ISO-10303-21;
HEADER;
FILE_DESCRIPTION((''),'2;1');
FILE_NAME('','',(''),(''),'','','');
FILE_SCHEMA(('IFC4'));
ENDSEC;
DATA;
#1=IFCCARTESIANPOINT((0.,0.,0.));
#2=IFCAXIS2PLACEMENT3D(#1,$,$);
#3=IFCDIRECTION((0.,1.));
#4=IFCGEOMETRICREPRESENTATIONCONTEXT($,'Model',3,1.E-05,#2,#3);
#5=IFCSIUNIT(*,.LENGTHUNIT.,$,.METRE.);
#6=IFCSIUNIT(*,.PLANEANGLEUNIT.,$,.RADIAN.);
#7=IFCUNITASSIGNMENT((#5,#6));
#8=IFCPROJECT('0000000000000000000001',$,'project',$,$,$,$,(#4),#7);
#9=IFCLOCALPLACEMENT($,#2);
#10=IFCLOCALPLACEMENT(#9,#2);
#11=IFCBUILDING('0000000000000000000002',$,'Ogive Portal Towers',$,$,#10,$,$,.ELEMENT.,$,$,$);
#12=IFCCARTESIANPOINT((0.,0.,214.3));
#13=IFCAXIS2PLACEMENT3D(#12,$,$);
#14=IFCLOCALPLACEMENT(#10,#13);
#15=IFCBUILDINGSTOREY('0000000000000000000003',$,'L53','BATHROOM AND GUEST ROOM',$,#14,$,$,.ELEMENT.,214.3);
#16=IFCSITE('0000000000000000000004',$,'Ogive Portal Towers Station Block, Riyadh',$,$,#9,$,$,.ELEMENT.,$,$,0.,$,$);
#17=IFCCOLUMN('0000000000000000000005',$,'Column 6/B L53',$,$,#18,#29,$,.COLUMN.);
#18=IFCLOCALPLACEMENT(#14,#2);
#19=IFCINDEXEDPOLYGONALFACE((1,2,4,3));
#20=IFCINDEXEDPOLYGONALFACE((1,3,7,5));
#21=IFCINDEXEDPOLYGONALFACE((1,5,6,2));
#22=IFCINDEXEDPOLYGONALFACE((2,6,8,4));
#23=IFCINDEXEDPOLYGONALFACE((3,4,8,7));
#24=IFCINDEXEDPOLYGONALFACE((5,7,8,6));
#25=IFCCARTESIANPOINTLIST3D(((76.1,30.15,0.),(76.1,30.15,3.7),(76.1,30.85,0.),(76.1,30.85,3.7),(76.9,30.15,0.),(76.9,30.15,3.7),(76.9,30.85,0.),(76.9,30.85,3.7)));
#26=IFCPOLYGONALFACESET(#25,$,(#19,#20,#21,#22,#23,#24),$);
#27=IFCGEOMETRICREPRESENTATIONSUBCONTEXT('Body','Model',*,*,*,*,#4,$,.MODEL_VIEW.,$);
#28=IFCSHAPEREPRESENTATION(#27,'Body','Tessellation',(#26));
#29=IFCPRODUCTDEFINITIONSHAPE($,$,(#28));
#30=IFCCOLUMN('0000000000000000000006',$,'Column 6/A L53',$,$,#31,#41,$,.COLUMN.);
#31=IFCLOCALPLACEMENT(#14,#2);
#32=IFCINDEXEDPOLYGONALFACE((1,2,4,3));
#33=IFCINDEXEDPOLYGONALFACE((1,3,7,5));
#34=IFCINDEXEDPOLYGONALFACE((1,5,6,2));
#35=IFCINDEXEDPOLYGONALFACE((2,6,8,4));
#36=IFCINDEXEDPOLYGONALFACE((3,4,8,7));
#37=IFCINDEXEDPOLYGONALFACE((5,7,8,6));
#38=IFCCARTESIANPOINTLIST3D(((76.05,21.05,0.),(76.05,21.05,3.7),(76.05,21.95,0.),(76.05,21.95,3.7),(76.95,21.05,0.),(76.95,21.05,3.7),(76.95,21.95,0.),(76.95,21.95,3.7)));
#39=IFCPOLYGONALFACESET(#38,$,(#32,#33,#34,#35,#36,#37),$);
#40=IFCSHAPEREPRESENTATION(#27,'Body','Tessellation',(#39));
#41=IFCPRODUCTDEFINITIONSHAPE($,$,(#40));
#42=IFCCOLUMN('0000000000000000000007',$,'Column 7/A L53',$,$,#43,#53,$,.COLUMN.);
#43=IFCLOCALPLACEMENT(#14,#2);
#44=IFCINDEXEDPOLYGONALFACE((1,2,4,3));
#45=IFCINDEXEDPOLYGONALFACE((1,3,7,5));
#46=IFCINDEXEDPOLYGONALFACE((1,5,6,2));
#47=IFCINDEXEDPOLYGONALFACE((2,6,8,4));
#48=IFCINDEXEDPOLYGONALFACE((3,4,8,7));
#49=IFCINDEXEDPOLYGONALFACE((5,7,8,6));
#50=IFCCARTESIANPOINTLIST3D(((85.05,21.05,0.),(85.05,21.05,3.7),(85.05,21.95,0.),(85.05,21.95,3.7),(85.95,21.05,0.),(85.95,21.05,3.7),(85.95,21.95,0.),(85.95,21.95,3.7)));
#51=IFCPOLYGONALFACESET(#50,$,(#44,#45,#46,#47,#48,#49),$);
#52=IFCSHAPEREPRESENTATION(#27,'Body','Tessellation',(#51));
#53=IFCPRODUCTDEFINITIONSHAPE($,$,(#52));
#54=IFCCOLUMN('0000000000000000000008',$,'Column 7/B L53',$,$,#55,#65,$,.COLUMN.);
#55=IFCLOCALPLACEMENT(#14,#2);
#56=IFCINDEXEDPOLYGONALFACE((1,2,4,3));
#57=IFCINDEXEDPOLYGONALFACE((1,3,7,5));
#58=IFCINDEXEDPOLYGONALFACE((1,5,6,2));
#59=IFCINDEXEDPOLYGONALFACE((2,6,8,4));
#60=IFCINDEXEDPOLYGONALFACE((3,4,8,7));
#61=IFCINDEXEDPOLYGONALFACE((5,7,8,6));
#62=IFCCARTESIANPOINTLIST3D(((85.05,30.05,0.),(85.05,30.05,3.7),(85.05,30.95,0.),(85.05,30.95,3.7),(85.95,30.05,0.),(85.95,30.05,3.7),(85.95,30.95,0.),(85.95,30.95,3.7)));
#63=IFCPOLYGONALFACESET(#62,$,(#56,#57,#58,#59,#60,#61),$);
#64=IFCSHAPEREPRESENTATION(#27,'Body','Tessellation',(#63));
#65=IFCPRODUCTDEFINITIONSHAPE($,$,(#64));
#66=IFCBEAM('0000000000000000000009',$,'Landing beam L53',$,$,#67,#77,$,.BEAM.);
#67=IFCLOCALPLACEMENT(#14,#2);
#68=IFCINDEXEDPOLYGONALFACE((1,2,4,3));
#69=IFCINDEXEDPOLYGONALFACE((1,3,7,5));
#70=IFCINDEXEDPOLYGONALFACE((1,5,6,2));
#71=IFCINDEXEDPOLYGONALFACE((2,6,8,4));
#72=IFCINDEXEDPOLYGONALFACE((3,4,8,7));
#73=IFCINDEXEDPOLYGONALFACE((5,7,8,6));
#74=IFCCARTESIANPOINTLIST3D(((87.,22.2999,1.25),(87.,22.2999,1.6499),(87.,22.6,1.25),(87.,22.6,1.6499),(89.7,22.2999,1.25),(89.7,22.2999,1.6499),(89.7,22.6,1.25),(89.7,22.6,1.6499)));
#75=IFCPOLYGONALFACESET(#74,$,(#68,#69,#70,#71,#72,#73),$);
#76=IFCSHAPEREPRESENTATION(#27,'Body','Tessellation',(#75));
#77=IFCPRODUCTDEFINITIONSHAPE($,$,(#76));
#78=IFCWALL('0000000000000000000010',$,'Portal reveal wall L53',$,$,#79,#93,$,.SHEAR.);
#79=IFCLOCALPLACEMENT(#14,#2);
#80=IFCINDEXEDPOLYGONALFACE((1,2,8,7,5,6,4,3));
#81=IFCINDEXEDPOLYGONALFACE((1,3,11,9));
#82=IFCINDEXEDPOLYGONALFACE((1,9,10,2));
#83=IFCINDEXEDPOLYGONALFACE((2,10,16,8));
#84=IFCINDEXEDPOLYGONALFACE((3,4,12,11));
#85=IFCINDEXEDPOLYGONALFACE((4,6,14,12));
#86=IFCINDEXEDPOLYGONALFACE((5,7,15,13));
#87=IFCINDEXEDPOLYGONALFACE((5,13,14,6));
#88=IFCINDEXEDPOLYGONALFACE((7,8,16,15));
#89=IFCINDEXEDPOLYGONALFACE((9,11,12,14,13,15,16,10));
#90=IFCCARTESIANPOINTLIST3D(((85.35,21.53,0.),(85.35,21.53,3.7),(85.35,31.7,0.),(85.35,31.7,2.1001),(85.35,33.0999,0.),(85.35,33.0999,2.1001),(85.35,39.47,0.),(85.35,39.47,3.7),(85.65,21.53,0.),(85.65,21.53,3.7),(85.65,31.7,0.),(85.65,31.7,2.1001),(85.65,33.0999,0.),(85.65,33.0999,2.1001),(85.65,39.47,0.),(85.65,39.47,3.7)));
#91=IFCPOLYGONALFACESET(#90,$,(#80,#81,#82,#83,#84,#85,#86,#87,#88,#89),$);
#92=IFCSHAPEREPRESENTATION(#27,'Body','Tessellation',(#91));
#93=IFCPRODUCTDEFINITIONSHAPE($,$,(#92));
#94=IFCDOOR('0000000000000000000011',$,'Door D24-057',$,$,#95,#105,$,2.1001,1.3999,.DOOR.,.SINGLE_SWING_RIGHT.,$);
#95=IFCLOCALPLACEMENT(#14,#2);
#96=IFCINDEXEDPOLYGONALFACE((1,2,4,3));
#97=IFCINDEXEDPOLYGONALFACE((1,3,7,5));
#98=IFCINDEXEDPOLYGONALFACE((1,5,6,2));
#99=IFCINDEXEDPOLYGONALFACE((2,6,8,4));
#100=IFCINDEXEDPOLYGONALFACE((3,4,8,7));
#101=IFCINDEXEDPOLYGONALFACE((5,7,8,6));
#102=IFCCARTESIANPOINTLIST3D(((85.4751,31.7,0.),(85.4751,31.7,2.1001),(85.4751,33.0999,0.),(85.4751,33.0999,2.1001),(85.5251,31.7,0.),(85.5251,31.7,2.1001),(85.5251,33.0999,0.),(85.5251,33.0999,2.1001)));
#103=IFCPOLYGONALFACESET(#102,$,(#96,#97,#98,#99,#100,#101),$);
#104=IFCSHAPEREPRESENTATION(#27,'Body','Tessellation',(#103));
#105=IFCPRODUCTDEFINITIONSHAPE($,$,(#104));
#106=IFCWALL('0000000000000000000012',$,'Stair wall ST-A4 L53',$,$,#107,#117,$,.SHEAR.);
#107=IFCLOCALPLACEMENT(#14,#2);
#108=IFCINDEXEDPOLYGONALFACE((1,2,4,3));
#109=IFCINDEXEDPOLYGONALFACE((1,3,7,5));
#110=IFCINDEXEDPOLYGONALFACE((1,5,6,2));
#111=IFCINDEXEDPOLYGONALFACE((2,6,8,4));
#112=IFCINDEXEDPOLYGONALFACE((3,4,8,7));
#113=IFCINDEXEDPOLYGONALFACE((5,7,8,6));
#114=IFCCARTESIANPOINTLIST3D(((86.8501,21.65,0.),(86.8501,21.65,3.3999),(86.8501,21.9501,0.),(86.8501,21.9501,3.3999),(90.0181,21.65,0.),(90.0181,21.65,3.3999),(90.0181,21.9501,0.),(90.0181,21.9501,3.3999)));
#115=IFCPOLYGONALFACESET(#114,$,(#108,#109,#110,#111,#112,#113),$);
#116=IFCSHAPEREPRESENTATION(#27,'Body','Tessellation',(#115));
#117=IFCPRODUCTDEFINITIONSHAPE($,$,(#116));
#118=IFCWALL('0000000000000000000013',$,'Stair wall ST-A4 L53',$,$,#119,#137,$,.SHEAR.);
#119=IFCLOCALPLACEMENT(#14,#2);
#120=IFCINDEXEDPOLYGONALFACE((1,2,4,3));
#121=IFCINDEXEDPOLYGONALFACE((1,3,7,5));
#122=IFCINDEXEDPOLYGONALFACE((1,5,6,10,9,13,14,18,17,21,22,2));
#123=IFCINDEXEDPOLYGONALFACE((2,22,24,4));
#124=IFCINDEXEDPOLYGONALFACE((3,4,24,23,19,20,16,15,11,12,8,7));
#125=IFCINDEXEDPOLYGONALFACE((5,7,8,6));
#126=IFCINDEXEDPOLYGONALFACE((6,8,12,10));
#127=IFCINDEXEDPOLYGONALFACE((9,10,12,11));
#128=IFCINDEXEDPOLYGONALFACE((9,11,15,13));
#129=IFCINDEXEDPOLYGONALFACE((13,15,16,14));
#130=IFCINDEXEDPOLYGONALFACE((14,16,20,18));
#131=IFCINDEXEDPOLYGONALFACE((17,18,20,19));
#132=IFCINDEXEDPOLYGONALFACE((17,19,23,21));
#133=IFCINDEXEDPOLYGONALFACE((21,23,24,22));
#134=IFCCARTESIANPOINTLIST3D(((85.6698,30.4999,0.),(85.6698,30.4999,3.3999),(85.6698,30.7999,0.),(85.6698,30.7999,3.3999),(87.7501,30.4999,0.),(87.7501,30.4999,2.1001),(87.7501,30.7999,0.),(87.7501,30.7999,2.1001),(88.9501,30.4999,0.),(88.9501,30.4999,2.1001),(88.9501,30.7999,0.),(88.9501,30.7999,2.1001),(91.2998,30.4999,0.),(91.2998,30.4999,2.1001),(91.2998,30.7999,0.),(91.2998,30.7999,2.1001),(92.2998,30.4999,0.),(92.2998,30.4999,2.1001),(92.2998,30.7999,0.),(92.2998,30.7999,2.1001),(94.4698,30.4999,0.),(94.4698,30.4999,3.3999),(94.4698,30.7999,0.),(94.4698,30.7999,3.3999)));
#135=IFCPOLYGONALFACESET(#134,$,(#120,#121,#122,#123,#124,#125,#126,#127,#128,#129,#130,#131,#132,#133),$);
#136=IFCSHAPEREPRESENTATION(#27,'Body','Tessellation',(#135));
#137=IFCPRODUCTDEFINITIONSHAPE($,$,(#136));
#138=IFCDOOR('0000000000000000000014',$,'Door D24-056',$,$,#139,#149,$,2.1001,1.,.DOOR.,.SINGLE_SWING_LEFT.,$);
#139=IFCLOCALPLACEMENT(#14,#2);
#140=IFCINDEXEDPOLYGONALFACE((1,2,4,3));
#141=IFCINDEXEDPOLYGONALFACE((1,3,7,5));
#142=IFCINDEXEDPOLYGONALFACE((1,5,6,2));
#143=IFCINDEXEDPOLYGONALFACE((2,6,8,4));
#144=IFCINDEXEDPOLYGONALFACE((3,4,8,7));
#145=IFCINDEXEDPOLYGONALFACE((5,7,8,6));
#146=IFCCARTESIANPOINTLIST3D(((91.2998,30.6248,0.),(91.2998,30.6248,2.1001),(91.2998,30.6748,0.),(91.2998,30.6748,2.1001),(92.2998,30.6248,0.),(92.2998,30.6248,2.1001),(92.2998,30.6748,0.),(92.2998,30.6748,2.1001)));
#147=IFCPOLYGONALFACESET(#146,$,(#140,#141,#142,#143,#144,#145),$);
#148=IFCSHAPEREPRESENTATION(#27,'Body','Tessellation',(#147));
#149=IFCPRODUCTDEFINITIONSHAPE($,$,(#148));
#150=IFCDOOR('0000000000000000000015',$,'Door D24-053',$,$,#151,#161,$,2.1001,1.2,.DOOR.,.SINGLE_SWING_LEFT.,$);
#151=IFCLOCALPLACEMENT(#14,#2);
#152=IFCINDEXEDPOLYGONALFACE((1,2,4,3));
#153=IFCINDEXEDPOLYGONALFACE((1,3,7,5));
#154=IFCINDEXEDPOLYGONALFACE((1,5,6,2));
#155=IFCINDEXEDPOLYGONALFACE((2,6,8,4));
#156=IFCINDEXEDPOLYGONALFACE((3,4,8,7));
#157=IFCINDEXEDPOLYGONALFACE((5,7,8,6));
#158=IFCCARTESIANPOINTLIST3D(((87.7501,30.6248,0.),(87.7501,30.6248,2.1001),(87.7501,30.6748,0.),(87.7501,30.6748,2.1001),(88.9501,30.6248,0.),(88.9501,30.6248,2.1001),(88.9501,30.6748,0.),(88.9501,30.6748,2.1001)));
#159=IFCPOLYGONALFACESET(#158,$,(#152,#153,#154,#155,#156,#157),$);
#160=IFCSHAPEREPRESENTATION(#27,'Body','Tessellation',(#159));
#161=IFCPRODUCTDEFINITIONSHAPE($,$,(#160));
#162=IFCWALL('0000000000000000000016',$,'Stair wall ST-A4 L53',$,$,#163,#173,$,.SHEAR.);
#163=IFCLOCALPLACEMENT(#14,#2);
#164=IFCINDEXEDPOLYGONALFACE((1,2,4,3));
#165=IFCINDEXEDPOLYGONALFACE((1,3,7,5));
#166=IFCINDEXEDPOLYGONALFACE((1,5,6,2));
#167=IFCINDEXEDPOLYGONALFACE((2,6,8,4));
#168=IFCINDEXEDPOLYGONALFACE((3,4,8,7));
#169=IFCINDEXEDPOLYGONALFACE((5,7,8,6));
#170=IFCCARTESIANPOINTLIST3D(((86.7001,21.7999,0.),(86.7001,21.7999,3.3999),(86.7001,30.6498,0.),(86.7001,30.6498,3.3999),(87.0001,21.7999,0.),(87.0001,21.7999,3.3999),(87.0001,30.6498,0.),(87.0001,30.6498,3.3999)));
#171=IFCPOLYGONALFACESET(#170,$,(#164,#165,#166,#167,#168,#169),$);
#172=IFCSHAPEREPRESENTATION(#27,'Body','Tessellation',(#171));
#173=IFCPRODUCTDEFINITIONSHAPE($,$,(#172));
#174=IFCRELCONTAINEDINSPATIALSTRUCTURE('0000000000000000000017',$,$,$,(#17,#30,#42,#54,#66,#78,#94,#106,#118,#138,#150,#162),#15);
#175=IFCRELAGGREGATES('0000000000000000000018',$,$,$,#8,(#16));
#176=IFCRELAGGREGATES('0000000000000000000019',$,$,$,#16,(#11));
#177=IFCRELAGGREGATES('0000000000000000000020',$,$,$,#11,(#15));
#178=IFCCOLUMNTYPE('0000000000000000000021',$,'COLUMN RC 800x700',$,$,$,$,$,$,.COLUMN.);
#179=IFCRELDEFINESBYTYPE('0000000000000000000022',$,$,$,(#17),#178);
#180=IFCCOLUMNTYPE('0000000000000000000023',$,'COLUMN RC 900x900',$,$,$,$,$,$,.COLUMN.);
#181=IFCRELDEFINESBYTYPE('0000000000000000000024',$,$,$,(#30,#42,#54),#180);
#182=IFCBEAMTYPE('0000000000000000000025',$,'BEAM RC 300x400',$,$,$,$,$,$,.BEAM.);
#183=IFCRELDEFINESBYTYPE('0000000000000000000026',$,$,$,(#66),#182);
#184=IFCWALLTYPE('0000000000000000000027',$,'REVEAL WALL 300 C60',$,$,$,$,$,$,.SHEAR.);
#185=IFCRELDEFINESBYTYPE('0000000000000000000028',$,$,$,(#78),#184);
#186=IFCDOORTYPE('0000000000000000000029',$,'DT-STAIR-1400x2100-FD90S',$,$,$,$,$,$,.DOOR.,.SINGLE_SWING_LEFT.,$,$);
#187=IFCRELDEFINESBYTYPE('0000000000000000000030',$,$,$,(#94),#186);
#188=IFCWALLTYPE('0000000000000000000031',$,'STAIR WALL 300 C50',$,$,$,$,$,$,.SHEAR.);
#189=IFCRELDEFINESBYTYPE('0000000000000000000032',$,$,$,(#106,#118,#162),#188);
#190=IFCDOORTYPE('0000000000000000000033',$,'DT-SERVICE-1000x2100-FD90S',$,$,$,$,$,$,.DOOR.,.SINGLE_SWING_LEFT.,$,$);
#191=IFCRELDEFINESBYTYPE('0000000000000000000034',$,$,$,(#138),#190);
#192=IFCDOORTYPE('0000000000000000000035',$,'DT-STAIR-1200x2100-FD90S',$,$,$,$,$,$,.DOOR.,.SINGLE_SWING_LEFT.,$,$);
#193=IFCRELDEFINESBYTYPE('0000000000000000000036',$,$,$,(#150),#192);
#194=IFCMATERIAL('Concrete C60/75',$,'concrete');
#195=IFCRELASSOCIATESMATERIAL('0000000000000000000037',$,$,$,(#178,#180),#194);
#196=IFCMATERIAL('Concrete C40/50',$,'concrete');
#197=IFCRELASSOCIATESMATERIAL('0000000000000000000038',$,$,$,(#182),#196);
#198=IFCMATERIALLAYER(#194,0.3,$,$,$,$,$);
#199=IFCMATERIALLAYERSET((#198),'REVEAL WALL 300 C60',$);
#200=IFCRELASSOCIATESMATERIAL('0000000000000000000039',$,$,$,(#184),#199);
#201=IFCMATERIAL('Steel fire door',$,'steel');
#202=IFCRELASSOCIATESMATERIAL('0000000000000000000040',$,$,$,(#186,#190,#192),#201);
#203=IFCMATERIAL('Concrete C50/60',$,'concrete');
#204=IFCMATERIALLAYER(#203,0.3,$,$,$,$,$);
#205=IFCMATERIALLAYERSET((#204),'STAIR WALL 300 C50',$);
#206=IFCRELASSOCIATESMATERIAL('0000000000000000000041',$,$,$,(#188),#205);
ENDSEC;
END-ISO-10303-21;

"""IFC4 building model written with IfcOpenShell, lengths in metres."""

from ifc_helpers import new_model, si_unit, direction, frame, frame_2d, origin, origin_2d, place, context, subcontext, project, spatial, rectangle, extrude, material, layer, layer_set, material_profile, profile_set, type_object, element, fill, save


model = new_model("IFC4")

# Units and contexts
model_context = context("Model", 3, precision=1e-05, world=origin(), true_north=direction((0.0, 1.0)))
body_context = subcontext(model_context, "Body", "Model", "MODEL_VIEW")
ifc_project = project(units=[si_unit("LENGTHUNIT", "METRE"), si_unit("PLANEANGLEUNIT", "RADIAN")], contexts=[model_context])

# Site, building, storey
site_placement = place(None, origin())
site = spatial("IfcSite", under=ifc_project, at=site_placement, Name="Ogive Portal Towers Station Block, Riyadh", CompositionType="ELEMENT", RefElevation=0.0)
building_placement = place(site_placement, origin())
building = spatial("IfcBuilding", under=site, at=building_placement, Name="Ogive Portal Towers", CompositionType="ELEMENT")
storey_placement = place(building_placement, frame((0.0, 0.0, 214.3)))
storey = spatial("IfcBuildingStorey", under=building, at=storey_placement, Name="L53", Description="BATHROOM AND GUEST ROOM", CompositionType="ELEMENT", Elevation=214.3)

# Columns
ifc_material_1 = material(Name="Concrete C60/75", Category="concrete")
ifc_material_profile_1 = material_profile(ifc_material_1, rectangle(XDim=0.8, YDim=0.7, at=origin_2d()), Name="RC 800x700")
ifc_profile_set_1 = profile_set([ifc_material_profile_1], Name="Concrete C60/75")
column_type_1 = type_object("IfcColumnType", Name="COLUMN RC 800x700", PredefinedType="COLUMN", material=ifc_profile_set_1)
column_placement = place(storey_placement, frame((76.5, 30.5, 0.0), z_axis=(0.0, 0.0, 1.0), x_axis=(1.0, 0.0, 0.0)))
element("IfcColumn", 1, at=column_placement, inside=storey, type_object=column_type_1, Name="Column 6/B L53", PredefinedType="COLUMN", context=body_context, shape_type="SweptSolid", body=[
    extrude(rectangle(XDim=0.8, YDim=0.7, at=origin_2d()), origin(), (0.0, 0.0, 1.0), 3.7),
])
ifc_material_profile_2 = material_profile(ifc_material_1, rectangle(XDim=0.8999, YDim=0.8999, at=origin_2d()), Name="RC 900x900")
ifc_profile_set_2 = profile_set([ifc_material_profile_2], Name="Concrete C60/75")
column_type_2 = type_object("IfcColumnType", Name="COLUMN RC 900x900", PredefinedType="COLUMN", material=ifc_profile_set_2)
for number, where, z_axis, x_axis, name in (
    (2, (76.5, 21.5, 0.0), (0.0, 0.0, 1.0), (1.0, 0.0, 0.0), "Column 6/A L53"),
    (3, (85.5, 21.5, 0.0), (0.0, 0.0, 1.0), (1.0, 0.0, 0.0), "Column 7/A L53"),
    (4, (85.5, 30.5, 0.0), (0.0, 0.0, 1.0), (1.0, 0.0, 0.0), "Column 7/B L53"),
):
    element("IfcColumn", number, at=place(storey_placement, frame(where, z_axis=z_axis, x_axis=x_axis)), inside=storey, type_object=column_type_2, Name=name, PredefinedType="COLUMN", context=body_context, shape_type="SweptSolid", body=[
        extrude(rectangle(XDim=0.8999, YDim=0.8999, at=origin_2d()), origin(), (0.0, 0.0, 1.0), 3.7),
    ])

# Beam
ifc_material_2 = material(Name="Concrete C40/50", Category="concrete")
ifc_material_profile_3 = material_profile(ifc_material_2, rectangle(XDim=0.3, YDim=0.3999, at=origin_2d()), Name="RC 300x400")
ifc_profile_set_3 = profile_set([ifc_material_profile_3], Name="Concrete C40/50")
beam_type = type_object("IfcBeamType", Name="BEAM RC 300x400", PredefinedType="BEAM", material=ifc_profile_set_3)
beam_placement = place(storey_placement, frame((87.0, 22.45, 1.45), z_axis=(1.0, 0.0, 0.0), x_axis=(0.0, 1.0, 0.0)))
element("IfcBeam", 5, at=beam_placement, inside=storey, type_object=beam_type, Name="Landing beam L53", PredefinedType="BEAM", context=body_context, shape_type="SweptSolid", body=[
    extrude(rectangle(XDim=0.3, YDim=0.3999, at=origin_2d()), origin(), (0.0, 0.0, 1.0), 2.7),
])

# Wall, opening, door
ifc_layer_1 = layer(ifc_material_1, 0.3)
ifc_layer_set_1 = layer_set([ifc_layer_1], Name="REVEAL WALL 300 C60")
wall_type_1 = type_object("IfcWallType", Name="REVEAL WALL 300 C60", PredefinedType="SHEAR", material=ifc_layer_set_1)
wall_1_placement = place(storey_placement, frame((85.5, 21.53, 0.0), z_axis=(0.0, 0.0, 1.0), x_axis=(0.0, 1.0, 0.0)))
wall_1 = element("IfcWall", 6, at=wall_1_placement, inside=storey, type_object=wall_type_1, Name="Portal reveal wall L53", PredefinedType="SHEAR", context=body_context, shape_type="SweptSolid", body=[
    extrude(rectangle(XDim=17.9399, YDim=0.3, at=frame_2d((8.97, 0.0))), origin(), (0.0, 0.0, 1.0), 3.7),
])
opening_1_placement = place(wall_1_placement, frame((10.1699, 0.0, 0.0)))
opening_1 = element("IfcOpeningElement", 7, at=opening_1_placement, cuts=wall_1, PredefinedType="OPENING", context=body_context, shape_type="SweptSolid", body=[
    extrude(rectangle(XDim=1.3999, YDim=2.1001, at=frame_2d((0.7, 1.05))), frame((0.0, 0.1602, 0.0), z_axis=(0.0, -1.0, 0.0), x_axis=(1.0, 0.0, 0.0)), (0.0, 0.0, 1.0), 0.3201),
])
ifc_material_3 = material(Name="Steel fire door", Category="steel")
door_type_1 = type_object("IfcDoorType", Name="DT-STAIR-1400x2100-FD90S", OperationType="SINGLE_SWING_LEFT", PredefinedType="DOOR", material=ifc_material_3)
door_1_placement = place(opening_1_placement, origin())
door_1 = element("IfcDoor", 8, at=door_1_placement, inside=storey, type_object=door_type_1, Name="Door D24-057", OperationType="SINGLE_SWING_RIGHT", OverallHeight=2.1001, OverallWidth=1.3999, PredefinedType="DOOR", context=body_context, shape_type="SweptSolid", body=[
    extrude(rectangle(XDim=1.3999, YDim=2.1001, at=frame_2d((0.7, 1.05))), frame((0.0, 0.0249, 0.0), z_axis=(0.0, -1.0, 0.0), x_axis=(1.0, 0.0, 0.0)), (0.0, 0.0, 1.0), 0.05),
])
fill(opening_1, door_1)

# Wall
ifc_material_4 = material(Name="Concrete C50/60", Category="concrete")
ifc_layer_2 = layer(ifc_material_4, 0.3)
ifc_layer_set_2 = layer_set([ifc_layer_2], Name="STAIR WALL 300 C50")
wall_type_2 = type_object("IfcWallType", Name="STAIR WALL 300 C50", PredefinedType="SHEAR", material=ifc_layer_set_2)
wall_2_placement = place(storey_placement, frame((86.8501, 21.8, 0.0), z_axis=(0.0, 0.0, 1.0), x_axis=(1.0, 0.0, 0.0)))
element("IfcWall", 9, at=wall_2_placement, inside=storey, type_object=wall_type_2, Name="Stair wall ST-A4 L53", PredefinedType="SHEAR", context=body_context, shape_type="SweptSolid", body=[
    extrude(rectangle(XDim=3.168, YDim=0.3, at=frame_2d((1.584, 0.0))), origin(), (0.0, 0.0, 1.0), 3.3999),
])

# Wall, openings, doors
wall_3_placement = place(storey_placement, frame((85.6699, 30.6499, 0.0), z_axis=(0.0, 0.0, 1.0), x_axis=(1.0, 0.0, 0.0)))
wall_3 = element("IfcWall", 10, at=wall_3_placement, inside=storey, type_object=wall_type_2, Name="Stair wall ST-A4 L53", PredefinedType="SHEAR", context=body_context, shape_type="SweptSolid", body=[
    extrude(rectangle(XDim=8.8, YDim=0.3, at=frame_2d((4.3999, 0.0))), origin(), (0.0, 0.0, 1.0), 3.3999),
])
opening_2_placement = place(wall_3_placement, frame((2.0801, 0.0, 0.0)))
opening_2 = element("IfcOpeningElement", 11, at=opening_2_placement, cuts=wall_3, PredefinedType="OPENING", context=body_context, shape_type="SweptSolid", body=[
    extrude(rectangle(XDim=1.2, YDim=2.1001, at=frame_2d((0.6001, 1.05))), frame((0.0, 0.1602, 0.0), z_axis=(0.0, -1.0, 0.0), x_axis=(1.0, 0.0, 0.0)), (0.0, 0.0, 1.0), 0.3201),
])
opening_3_placement = place(wall_3_placement, frame((5.6299, 0.0, 0.0)))
opening_3 = element("IfcOpeningElement", 12, at=opening_3_placement, cuts=wall_3, PredefinedType="OPENING", context=body_context, shape_type="SweptSolid", body=[
    extrude(rectangle(XDim=1.0, YDim=2.1001, at=frame_2d((0.5, 1.05))), frame((0.0, 0.1602, 0.0), z_axis=(0.0, -1.0, 0.0), x_axis=(1.0, 0.0, 0.0)), (0.0, 0.0, 1.0), 0.3201),
])
door_type_2 = type_object("IfcDoorType", Name="DT-SERVICE-1000x2100-FD90S", OperationType="SINGLE_SWING_LEFT", PredefinedType="DOOR", material=ifc_material_3)
door_2_placement = place(opening_3_placement, origin())
door_2 = element("IfcDoor", 13, at=door_2_placement, inside=storey, type_object=door_type_2, Name="Door D24-056", OperationType="SINGLE_SWING_LEFT", OverallHeight=2.1001, OverallWidth=1.0, PredefinedType="DOOR", context=body_context, shape_type="SweptSolid", body=[
    extrude(rectangle(XDim=1.0, YDim=2.1001, at=frame_2d((0.5, 1.05))), frame((0.0, 0.0249, 0.0), z_axis=(0.0, -1.0, 0.0), x_axis=(1.0, 0.0, 0.0)), (0.0, 0.0, 1.0), 0.05),
])
fill(opening_3, door_2)
door_type_3 = type_object("IfcDoorType", Name="DT-STAIR-1200x2100-FD90S", OperationType="SINGLE_SWING_LEFT", PredefinedType="DOOR", material=ifc_material_3)
door_3_placement = place(opening_2_placement, origin())
door_3 = element("IfcDoor", 14, at=door_3_placement, inside=storey, type_object=door_type_3, Name="Door D24-053", OperationType="SINGLE_SWING_LEFT", OverallHeight=2.1001, OverallWidth=1.2, PredefinedType="DOOR", context=body_context, shape_type="SweptSolid", body=[
    extrude(rectangle(XDim=1.2, YDim=2.1001, at=frame_2d((0.6001, 1.05))), frame((0.0, 0.0249, 0.0), z_axis=(0.0, -1.0, 0.0), x_axis=(1.0, 0.0, 0.0)), (0.0, 0.0, 1.0), 0.05),
])
fill(opening_2, door_3)

# Wall
wall_4_placement = place(storey_placement, frame((86.8501, 21.8, 0.0), z_axis=(0.0, 0.0, 1.0), x_axis=(0.0, 1.0, 0.0)))
element("IfcWall", 15, at=wall_4_placement, inside=storey, type_object=wall_type_2, Name="Stair wall ST-A4 L53", PredefinedType="SHEAR", context=body_context, shape_type="SweptSolid", body=[
    extrude(rectangle(XDim=8.8499, YDim=0.3, at=frame_2d((4.4248, 0.0))), origin(), (0.0, 0.0, 1.0), 3.3999),
])

save(model, "model.ifc")
